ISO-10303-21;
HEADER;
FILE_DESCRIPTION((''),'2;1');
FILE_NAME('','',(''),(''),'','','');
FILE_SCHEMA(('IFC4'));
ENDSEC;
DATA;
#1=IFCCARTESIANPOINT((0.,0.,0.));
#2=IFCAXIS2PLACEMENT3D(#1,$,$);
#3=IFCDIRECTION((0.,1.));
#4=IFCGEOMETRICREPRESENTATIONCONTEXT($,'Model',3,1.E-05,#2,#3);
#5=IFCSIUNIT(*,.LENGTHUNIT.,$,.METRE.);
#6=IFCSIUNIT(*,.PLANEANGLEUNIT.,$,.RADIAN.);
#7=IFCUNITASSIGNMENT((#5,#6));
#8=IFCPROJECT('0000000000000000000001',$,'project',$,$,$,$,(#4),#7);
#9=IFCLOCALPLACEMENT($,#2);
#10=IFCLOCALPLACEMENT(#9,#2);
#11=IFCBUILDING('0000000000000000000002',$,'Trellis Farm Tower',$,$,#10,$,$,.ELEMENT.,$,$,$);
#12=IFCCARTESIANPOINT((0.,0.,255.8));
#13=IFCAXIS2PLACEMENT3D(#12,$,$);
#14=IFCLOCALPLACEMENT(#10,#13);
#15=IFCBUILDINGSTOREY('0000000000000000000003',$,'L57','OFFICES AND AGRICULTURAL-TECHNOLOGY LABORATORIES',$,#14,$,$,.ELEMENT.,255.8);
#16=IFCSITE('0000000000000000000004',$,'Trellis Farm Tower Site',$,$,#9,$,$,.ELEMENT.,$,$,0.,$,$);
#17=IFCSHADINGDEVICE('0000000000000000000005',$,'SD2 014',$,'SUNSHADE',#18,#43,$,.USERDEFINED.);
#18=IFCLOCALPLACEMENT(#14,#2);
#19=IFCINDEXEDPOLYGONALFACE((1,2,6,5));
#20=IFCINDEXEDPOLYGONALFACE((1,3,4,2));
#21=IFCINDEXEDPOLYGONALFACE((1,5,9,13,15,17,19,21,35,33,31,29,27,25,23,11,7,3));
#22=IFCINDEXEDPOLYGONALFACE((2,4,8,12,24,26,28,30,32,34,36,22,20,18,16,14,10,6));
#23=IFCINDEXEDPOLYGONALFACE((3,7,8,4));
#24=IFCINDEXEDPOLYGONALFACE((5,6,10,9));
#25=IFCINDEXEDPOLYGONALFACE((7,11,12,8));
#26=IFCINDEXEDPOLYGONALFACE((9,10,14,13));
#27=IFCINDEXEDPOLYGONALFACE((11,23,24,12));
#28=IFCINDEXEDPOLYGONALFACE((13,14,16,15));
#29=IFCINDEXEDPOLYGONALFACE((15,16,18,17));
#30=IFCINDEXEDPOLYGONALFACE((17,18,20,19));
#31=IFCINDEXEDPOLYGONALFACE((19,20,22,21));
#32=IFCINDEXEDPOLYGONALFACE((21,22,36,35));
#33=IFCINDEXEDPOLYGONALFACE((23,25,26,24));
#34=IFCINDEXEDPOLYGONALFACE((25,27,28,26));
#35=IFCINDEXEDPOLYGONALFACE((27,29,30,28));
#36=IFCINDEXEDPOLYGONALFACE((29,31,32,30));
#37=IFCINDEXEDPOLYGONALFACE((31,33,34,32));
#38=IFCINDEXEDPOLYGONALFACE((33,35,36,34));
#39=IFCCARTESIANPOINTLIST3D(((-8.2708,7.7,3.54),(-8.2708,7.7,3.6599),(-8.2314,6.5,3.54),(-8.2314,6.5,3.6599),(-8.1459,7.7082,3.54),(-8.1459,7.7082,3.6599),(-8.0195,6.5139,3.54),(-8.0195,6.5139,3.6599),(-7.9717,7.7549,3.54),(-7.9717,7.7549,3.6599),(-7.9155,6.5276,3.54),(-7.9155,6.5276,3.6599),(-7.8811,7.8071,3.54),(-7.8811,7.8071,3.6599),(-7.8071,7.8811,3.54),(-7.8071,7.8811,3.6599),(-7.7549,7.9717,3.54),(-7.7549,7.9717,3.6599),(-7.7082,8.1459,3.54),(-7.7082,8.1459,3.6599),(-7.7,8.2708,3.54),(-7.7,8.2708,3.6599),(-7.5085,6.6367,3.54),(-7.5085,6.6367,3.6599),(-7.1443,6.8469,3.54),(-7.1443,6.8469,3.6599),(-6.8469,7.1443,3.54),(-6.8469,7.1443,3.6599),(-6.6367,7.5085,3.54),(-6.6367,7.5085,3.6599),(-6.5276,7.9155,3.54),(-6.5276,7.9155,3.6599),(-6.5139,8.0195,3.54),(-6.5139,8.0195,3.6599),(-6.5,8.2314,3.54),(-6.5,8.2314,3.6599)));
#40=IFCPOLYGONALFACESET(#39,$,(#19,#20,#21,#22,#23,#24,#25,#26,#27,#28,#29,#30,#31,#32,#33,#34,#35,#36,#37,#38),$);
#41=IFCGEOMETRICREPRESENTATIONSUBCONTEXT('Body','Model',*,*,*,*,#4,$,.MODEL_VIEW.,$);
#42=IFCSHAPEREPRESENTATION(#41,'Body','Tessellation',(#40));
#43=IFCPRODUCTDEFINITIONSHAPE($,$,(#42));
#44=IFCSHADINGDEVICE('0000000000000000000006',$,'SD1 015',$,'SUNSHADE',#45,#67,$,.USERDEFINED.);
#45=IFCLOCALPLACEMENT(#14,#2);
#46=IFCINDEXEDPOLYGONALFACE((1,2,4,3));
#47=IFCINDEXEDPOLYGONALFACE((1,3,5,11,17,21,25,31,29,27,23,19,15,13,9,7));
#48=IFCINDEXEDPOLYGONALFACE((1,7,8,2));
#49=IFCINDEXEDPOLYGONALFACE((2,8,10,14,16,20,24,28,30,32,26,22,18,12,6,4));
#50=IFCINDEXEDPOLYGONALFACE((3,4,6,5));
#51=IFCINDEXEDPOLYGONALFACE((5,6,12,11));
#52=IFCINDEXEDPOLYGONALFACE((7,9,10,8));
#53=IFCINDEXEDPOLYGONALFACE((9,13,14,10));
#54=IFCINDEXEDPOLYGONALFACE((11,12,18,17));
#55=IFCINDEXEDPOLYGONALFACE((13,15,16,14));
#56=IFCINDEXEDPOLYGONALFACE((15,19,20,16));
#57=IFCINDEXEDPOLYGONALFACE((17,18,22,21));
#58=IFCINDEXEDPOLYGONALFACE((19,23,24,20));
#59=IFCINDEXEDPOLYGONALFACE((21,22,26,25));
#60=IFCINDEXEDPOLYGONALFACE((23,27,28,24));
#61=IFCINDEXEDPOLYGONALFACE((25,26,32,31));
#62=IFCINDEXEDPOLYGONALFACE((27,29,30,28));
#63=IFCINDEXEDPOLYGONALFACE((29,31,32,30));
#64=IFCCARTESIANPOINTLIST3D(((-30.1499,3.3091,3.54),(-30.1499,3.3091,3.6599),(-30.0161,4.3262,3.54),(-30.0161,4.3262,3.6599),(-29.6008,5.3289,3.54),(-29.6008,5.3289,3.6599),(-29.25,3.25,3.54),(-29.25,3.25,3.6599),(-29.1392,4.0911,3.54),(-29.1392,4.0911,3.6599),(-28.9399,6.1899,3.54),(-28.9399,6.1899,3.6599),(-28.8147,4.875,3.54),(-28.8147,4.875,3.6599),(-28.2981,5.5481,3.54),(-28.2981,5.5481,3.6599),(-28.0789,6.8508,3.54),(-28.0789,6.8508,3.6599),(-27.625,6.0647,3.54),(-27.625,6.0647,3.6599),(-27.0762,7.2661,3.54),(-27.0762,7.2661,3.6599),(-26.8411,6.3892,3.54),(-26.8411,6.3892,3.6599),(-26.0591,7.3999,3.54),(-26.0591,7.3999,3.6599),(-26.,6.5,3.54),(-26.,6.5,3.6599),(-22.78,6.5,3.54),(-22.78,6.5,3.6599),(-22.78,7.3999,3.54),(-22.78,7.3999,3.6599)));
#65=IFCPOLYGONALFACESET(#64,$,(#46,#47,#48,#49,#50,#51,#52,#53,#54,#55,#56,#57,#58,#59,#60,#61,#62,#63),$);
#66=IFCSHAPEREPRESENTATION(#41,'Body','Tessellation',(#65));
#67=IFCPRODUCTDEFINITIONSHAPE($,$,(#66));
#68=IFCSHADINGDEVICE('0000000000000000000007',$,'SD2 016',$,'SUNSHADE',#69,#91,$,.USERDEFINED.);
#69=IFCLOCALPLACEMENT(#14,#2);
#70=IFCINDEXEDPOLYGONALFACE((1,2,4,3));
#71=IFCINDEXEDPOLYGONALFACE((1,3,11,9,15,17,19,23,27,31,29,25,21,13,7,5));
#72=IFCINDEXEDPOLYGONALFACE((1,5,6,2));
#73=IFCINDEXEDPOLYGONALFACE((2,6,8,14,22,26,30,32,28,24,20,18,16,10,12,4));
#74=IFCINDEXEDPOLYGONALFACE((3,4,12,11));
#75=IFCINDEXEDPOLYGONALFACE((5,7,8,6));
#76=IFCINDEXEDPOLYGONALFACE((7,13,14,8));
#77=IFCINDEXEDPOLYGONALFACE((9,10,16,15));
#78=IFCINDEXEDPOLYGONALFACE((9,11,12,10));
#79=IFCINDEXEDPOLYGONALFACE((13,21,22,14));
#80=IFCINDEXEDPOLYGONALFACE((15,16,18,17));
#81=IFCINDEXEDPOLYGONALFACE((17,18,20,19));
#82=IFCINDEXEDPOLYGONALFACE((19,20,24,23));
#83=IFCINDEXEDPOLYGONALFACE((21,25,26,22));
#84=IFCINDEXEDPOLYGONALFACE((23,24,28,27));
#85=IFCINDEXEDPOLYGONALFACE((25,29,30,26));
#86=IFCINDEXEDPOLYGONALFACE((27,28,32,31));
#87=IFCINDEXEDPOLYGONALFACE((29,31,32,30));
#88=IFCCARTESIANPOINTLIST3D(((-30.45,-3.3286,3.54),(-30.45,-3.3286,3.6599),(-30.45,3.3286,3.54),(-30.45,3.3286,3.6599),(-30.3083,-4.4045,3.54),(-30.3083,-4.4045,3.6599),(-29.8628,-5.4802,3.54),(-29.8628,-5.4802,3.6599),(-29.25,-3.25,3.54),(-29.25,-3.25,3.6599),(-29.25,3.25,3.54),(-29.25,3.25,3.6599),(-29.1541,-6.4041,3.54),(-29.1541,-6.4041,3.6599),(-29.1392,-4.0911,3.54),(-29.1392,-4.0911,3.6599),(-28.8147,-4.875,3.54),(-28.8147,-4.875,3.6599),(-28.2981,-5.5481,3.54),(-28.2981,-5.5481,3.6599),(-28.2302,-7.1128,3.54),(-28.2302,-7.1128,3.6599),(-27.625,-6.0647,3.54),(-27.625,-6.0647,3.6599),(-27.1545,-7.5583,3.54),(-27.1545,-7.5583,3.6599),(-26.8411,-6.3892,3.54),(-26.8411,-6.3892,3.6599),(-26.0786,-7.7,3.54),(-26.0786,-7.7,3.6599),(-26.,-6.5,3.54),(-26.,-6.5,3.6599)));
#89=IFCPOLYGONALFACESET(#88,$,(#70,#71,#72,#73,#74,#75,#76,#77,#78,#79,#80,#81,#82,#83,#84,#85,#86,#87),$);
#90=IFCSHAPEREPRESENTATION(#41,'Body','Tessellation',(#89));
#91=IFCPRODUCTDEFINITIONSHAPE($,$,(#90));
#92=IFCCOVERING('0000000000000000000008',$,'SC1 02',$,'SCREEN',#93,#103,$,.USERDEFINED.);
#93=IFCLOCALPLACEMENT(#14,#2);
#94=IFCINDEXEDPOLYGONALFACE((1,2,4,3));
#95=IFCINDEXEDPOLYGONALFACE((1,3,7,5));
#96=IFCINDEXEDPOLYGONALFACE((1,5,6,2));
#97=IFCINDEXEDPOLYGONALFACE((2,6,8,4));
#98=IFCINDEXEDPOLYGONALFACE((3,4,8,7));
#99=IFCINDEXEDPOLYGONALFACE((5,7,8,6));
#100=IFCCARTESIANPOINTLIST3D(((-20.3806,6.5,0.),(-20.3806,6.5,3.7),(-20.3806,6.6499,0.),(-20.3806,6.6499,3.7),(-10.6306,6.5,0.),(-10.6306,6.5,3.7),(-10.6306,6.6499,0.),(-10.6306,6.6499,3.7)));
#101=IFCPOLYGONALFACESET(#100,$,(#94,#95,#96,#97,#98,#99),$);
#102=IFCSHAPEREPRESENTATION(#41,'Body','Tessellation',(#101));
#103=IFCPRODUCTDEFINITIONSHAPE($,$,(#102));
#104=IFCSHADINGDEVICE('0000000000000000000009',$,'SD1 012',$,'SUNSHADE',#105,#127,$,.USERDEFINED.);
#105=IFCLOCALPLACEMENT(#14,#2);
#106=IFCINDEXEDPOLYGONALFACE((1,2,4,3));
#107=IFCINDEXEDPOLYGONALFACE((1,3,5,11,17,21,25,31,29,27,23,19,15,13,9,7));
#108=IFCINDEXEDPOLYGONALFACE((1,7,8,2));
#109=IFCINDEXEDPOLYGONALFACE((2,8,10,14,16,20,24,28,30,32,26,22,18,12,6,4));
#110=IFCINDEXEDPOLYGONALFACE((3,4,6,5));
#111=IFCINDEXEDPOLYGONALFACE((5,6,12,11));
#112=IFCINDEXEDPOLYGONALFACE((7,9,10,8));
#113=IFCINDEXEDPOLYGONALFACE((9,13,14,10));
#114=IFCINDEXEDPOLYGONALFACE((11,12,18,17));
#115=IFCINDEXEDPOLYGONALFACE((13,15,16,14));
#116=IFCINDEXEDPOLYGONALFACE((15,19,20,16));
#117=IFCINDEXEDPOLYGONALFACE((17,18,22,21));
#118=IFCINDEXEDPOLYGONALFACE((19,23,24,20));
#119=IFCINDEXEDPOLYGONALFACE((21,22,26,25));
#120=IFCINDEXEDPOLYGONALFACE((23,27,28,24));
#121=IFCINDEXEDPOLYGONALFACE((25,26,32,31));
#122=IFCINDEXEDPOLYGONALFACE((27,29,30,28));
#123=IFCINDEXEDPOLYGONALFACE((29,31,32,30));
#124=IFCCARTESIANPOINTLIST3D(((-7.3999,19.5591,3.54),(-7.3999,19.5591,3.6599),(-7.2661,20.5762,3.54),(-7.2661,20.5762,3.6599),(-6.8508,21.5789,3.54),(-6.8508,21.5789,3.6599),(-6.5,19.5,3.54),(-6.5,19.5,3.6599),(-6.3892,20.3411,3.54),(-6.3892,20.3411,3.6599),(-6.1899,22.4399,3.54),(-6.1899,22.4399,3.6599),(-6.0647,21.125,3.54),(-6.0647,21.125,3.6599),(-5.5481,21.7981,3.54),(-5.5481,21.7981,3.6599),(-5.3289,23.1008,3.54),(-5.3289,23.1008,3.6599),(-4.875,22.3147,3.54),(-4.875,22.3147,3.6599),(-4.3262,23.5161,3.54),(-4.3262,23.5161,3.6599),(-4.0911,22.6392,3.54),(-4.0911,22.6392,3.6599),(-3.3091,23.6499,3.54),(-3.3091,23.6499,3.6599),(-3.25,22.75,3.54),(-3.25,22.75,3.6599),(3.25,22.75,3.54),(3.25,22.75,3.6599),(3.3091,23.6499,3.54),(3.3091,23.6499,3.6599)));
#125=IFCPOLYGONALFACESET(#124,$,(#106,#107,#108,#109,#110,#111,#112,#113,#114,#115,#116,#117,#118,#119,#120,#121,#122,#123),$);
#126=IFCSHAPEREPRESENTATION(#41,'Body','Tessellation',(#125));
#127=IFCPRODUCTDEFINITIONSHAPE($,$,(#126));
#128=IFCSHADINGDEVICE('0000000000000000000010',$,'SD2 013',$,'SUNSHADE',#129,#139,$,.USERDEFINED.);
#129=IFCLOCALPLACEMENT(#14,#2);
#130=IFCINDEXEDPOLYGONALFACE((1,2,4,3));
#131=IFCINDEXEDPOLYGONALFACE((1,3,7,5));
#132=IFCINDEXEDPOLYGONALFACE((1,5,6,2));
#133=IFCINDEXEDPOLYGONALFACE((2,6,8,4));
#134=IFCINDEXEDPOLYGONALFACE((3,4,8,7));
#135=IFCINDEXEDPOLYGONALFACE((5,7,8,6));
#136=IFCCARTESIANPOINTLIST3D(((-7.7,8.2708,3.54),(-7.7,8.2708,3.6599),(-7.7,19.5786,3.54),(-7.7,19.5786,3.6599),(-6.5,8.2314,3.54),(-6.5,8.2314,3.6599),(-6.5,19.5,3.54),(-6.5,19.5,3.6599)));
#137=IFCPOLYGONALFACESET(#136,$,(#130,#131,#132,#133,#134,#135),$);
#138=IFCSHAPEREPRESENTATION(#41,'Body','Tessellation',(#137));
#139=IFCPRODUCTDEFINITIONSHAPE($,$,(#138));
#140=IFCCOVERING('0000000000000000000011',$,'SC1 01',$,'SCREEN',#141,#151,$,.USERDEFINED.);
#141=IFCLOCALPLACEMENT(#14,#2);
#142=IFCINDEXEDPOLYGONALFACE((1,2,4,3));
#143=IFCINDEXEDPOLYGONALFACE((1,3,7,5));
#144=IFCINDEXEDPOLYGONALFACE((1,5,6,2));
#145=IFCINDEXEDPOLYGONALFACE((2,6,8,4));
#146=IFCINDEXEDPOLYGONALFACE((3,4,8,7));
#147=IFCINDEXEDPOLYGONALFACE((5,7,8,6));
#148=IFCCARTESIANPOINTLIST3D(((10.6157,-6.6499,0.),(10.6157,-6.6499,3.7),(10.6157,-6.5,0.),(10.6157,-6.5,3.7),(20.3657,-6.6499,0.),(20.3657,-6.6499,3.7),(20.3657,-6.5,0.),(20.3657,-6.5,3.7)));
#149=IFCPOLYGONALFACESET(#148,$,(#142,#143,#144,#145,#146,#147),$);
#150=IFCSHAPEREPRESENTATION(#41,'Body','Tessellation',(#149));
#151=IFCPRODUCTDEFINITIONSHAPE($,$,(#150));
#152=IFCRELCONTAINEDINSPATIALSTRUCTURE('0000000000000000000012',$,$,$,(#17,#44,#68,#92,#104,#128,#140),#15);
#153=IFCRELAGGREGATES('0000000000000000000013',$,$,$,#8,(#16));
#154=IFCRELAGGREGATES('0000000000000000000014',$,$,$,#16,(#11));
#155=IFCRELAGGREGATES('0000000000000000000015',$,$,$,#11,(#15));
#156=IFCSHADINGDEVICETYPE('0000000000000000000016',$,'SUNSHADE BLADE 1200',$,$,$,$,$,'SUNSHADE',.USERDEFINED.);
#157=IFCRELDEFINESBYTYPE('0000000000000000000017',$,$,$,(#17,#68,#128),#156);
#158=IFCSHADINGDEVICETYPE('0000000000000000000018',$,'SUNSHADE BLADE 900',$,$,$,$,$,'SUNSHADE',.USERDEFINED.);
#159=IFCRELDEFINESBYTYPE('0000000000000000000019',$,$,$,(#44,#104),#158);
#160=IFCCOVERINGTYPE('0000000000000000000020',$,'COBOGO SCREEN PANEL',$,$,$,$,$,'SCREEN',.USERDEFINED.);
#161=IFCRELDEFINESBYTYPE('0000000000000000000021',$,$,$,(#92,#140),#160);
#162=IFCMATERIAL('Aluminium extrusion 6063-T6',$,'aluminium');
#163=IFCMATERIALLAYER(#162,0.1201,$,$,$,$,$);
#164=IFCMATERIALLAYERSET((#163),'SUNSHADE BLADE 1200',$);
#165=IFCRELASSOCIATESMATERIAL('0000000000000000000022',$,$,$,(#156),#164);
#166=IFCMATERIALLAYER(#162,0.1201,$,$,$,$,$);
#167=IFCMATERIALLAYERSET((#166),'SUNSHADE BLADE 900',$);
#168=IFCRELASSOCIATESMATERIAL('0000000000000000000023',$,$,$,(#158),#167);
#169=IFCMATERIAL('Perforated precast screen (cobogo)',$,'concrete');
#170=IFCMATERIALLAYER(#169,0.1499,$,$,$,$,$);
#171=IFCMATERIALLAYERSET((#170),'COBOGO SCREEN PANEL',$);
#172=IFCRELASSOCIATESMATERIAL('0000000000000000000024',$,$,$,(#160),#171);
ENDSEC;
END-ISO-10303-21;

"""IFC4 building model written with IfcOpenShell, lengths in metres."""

from ifc_helpers import new_model, si_unit, direction, frame, origin, place, context, subcontext, project, spatial, polyline, outline, extrude, source, transform, mapped, material, layer, layer_set, type_object, element, save


model = new_model("IFC4")

# Units and contexts
model_context = context("Model", 3, precision=1e-05, world=origin(), true_north=direction((0.0, 1.0)))
body_context = subcontext(model_context, "Body", "Model", "MODEL_VIEW")
ifc_project = project(units=[si_unit("LENGTHUNIT", "METRE"), si_unit("PLANEANGLEUNIT", "RADIAN")], contexts=[model_context])

# Site, building, storey
site_placement = place(None, origin())
site = spatial("IfcSite", under=ifc_project, at=site_placement, Name="Trellis Farm Tower Site", CompositionType="ELEMENT", RefElevation=0.0)
building_placement = place(site_placement, origin())
building = spatial("IfcBuilding", under=site, at=building_placement, Name="Trellis Farm Tower", CompositionType="ELEMENT")
storey_placement = place(building_placement, frame((0.0, 0.0, 255.8)))
storey = spatial("IfcBuildingStorey", under=building, at=storey_placement, Name="L57", Description="OFFICES AND AGRICULTURAL-TECHNOLOGY LABORATORIES", CompositionType="ELEMENT", Elevation=255.8)

# Shared definitions
placement_1 = place(storey_placement, origin())
ifc_material_1 = material(Name="Aluminium extrusion 6063-T6", Category="aluminium")

# Shading devices
ifc_layer_1 = layer(ifc_material_1, 0.1201)
ifc_layer_set_1 = layer_set([ifc_layer_1], Name="SUNSHADE BLADE 1200")
shading_device_type_1 = type_object("IfcShadingDeviceType", Name="SUNSHADE BLADE 1200", ElementType="SUNSHADE", PredefinedType="USERDEFINED", material=ifc_layer_set_1)
shared_shape_1 = source(origin(), body_context, "Body", "SweptSolid", [
    extrude(outline(polyline([(-7.7, 8.2708), (-7.7087, 8.1372), (-7.707, 8.1501), (-7.7549, 7.9717), (-7.8071, 7.8811), (-7.8811, 7.8071), (-7.9717, 7.7549), (-8.1501, 7.707), (-8.1372, 7.7087), (-8.2708, 7.7), (-8.2314, 6.5), (-8.0195, 6.5139), (-7.9155, 6.5276), (-7.5085, 6.6367), (-7.1443, 6.8469), (-6.8469, 7.1443), (-6.6367, 7.5085), (-6.5276, 7.9155), (-6.5139, 8.0195), (-6.5, 8.2314), (-7.7, 8.2708)])), origin(), (0.0, 0.0, 1.0), 0.1199),
])
placement_2 = place(storey_placement, frame((0.0, 0.0, 3.54)))
element("IfcShadingDevice", 1, at=placement_2, inside=storey, type_object=shading_device_type_1, Name="SD2 014", ObjectType="SUNSHADE", PredefinedType="USERDEFINED", context=body_context, shape_type="MappedRepresentation", body=[
    mapped(shared_shape_1, transform((0.0, 0.0, 0.0))),
])
ifc_layer_2 = layer(ifc_material_1, 0.1201)
ifc_layer_set_2 = layer_set([ifc_layer_2], Name="SUNSHADE BLADE 900")
shading_device_type_2 = type_object("IfcShadingDeviceType", Name="SUNSHADE BLADE 900", ElementType="SUNSHADE", PredefinedType="USERDEFINED", material=ifc_layer_set_2)
shared_shape_2 = source(origin(), body_context, "Body", "SweptSolid", [
    extrude(outline(polyline([(-22.78, 7.3999), (-26.0591, 7.3999), (-27.0762, 7.2661), (-28.0789, 6.8508), (-28.9399, 6.1899), (-29.6008, 5.3289), (-30.0161, 4.3262), (-30.1499, 3.3091), (-29.25, 3.25), (-29.1392, 4.0911), (-28.8147, 4.875), (-28.2981, 5.5481), (-27.625, 6.0647), (-26.8411, 6.3892), (-26.0, 6.5), (-22.78, 6.5), (-22.78, 7.3999)])), origin(), (0.0, 0.0, 1.0), 0.1199),
])
element("IfcShadingDevice", 2, at=placement_2, inside=storey, type_object=shading_device_type_2, Name="SD1 015", ObjectType="SUNSHADE", PredefinedType="USERDEFINED", context=body_context, shape_type="MappedRepresentation", body=[
    mapped(shared_shape_2, transform((0.0, 0.0, 0.0))),
])
shared_shape_3 = source(origin(), body_context, "Body", "SweptSolid", [
    extrude(outline(polyline([(-30.45, 3.3286), (-30.45, -3.3286), (-30.3083, -4.4045), (-29.8628, -5.4802), (-29.1541, -6.4041), (-28.2302, -7.1128), (-27.1545, -7.5583), (-26.0786, -7.7), (-26.0, -6.5), (-26.8411, -6.3892), (-27.625, -6.0647), (-28.2981, -5.5481), (-28.8147, -4.875), (-29.1392, -4.0911), (-29.25, -3.25), (-29.25, 3.25), (-30.45, 3.3286)])), origin(), (0.0, 0.0, 1.0), 0.1199),
])
element("IfcShadingDevice", 3, at=placement_2, inside=storey, type_object=shading_device_type_1, Name="SD2 016", ObjectType="SUNSHADE", PredefinedType="USERDEFINED", context=body_context, shape_type="MappedRepresentation", body=[
    mapped(shared_shape_3, transform((0.0, 0.0, 0.0))),
])

# Covering
ifc_material_2 = material(Name="Perforated precast screen (cobogo)", Category="concrete")
ifc_layer_3 = layer(ifc_material_2, 0.1499)
ifc_layer_set_3 = layer_set([ifc_layer_3], Name="COBOGO SCREEN PANEL")
covering_type = type_object("IfcCoveringType", Name="COBOGO SCREEN PANEL", ElementType="SCREEN", PredefinedType="USERDEFINED", material=ifc_layer_set_3)
shared_shape_4 = source(origin(), body_context, "Body", "SweptSolid", [
    extrude(outline(polyline([(-10.6306, 6.6499), (-20.3806, 6.6499), (-20.3806, 6.5), (-10.6306, 6.5), (-10.6306, 6.6499)])), origin(), (0.0, 0.0, 1.0), 3.7),
])
element("IfcCovering", 4, at=placement_1, inside=storey, type_object=covering_type, Name="SC1 02", ObjectType="SCREEN", PredefinedType="USERDEFINED", context=body_context, shape_type="MappedRepresentation", body=[
    mapped(shared_shape_4, transform((0.0, 0.0, 0.0))),
])

# Shading devices
shared_shape_5 = source(origin(), body_context, "Body", "SweptSolid", [
    extrude(outline(polyline([(3.3091, 23.6499), (-3.3091, 23.6499), (-4.3262, 23.5161), (-5.3289, 23.1008), (-6.1899, 22.4399), (-6.8508, 21.5789), (-7.2661, 20.5762), (-7.3999, 19.5591), (-6.5, 19.5), (-6.3892, 20.3411), (-6.0647, 21.125), (-5.5481, 21.7981), (-4.875, 22.3147), (-4.0911, 22.6392), (-3.25, 22.75), (3.25, 22.75), (3.3091, 23.6499)])), origin(), (0.0, 0.0, 1.0), 0.1199),
])
element("IfcShadingDevice", 5, at=placement_2, inside=storey, type_object=shading_device_type_2, Name="SD1 012", ObjectType="SUNSHADE", PredefinedType="USERDEFINED", context=body_context, shape_type="MappedRepresentation", body=[
    mapped(shared_shape_5, transform((0.0, 0.0, 0.0))),
])
shared_shape_6 = source(origin(), body_context, "Body", "SweptSolid", [
    extrude(outline(polyline([(-7.7, 19.5786), (-7.7, 8.2708), (-6.5, 8.2314), (-6.5, 19.5), (-7.7, 19.5786)])), origin(), (0.0, 0.0, 1.0), 0.1199),
])
element("IfcShadingDevice", 6, at=placement_2, inside=storey, type_object=shading_device_type_1, Name="SD2 013", ObjectType="SUNSHADE", PredefinedType="USERDEFINED", context=body_context, shape_type="MappedRepresentation", body=[
    mapped(shared_shape_6, transform((0.0, 0.0, 0.0))),
])

# Covering
shared_shape_7 = source(origin(), body_context, "Body", "SweptSolid", [
    extrude(outline(polyline([(10.6157, -6.6499), (20.3657, -6.6499), (20.3657, -6.5), (10.6157, -6.5), (10.6157, -6.6499)])), origin(), (0.0, 0.0, 1.0), 3.7),
])
element("IfcCovering", 7, at=placement_1, inside=storey, type_object=covering_type, Name="SC1 01", ObjectType="SCREEN", PredefinedType="USERDEFINED", context=body_context, shape_type="MappedRepresentation", body=[
    mapped(shared_shape_7, transform((0.0, 0.0, 0.0))),
])

save(model, "model.ifc")
